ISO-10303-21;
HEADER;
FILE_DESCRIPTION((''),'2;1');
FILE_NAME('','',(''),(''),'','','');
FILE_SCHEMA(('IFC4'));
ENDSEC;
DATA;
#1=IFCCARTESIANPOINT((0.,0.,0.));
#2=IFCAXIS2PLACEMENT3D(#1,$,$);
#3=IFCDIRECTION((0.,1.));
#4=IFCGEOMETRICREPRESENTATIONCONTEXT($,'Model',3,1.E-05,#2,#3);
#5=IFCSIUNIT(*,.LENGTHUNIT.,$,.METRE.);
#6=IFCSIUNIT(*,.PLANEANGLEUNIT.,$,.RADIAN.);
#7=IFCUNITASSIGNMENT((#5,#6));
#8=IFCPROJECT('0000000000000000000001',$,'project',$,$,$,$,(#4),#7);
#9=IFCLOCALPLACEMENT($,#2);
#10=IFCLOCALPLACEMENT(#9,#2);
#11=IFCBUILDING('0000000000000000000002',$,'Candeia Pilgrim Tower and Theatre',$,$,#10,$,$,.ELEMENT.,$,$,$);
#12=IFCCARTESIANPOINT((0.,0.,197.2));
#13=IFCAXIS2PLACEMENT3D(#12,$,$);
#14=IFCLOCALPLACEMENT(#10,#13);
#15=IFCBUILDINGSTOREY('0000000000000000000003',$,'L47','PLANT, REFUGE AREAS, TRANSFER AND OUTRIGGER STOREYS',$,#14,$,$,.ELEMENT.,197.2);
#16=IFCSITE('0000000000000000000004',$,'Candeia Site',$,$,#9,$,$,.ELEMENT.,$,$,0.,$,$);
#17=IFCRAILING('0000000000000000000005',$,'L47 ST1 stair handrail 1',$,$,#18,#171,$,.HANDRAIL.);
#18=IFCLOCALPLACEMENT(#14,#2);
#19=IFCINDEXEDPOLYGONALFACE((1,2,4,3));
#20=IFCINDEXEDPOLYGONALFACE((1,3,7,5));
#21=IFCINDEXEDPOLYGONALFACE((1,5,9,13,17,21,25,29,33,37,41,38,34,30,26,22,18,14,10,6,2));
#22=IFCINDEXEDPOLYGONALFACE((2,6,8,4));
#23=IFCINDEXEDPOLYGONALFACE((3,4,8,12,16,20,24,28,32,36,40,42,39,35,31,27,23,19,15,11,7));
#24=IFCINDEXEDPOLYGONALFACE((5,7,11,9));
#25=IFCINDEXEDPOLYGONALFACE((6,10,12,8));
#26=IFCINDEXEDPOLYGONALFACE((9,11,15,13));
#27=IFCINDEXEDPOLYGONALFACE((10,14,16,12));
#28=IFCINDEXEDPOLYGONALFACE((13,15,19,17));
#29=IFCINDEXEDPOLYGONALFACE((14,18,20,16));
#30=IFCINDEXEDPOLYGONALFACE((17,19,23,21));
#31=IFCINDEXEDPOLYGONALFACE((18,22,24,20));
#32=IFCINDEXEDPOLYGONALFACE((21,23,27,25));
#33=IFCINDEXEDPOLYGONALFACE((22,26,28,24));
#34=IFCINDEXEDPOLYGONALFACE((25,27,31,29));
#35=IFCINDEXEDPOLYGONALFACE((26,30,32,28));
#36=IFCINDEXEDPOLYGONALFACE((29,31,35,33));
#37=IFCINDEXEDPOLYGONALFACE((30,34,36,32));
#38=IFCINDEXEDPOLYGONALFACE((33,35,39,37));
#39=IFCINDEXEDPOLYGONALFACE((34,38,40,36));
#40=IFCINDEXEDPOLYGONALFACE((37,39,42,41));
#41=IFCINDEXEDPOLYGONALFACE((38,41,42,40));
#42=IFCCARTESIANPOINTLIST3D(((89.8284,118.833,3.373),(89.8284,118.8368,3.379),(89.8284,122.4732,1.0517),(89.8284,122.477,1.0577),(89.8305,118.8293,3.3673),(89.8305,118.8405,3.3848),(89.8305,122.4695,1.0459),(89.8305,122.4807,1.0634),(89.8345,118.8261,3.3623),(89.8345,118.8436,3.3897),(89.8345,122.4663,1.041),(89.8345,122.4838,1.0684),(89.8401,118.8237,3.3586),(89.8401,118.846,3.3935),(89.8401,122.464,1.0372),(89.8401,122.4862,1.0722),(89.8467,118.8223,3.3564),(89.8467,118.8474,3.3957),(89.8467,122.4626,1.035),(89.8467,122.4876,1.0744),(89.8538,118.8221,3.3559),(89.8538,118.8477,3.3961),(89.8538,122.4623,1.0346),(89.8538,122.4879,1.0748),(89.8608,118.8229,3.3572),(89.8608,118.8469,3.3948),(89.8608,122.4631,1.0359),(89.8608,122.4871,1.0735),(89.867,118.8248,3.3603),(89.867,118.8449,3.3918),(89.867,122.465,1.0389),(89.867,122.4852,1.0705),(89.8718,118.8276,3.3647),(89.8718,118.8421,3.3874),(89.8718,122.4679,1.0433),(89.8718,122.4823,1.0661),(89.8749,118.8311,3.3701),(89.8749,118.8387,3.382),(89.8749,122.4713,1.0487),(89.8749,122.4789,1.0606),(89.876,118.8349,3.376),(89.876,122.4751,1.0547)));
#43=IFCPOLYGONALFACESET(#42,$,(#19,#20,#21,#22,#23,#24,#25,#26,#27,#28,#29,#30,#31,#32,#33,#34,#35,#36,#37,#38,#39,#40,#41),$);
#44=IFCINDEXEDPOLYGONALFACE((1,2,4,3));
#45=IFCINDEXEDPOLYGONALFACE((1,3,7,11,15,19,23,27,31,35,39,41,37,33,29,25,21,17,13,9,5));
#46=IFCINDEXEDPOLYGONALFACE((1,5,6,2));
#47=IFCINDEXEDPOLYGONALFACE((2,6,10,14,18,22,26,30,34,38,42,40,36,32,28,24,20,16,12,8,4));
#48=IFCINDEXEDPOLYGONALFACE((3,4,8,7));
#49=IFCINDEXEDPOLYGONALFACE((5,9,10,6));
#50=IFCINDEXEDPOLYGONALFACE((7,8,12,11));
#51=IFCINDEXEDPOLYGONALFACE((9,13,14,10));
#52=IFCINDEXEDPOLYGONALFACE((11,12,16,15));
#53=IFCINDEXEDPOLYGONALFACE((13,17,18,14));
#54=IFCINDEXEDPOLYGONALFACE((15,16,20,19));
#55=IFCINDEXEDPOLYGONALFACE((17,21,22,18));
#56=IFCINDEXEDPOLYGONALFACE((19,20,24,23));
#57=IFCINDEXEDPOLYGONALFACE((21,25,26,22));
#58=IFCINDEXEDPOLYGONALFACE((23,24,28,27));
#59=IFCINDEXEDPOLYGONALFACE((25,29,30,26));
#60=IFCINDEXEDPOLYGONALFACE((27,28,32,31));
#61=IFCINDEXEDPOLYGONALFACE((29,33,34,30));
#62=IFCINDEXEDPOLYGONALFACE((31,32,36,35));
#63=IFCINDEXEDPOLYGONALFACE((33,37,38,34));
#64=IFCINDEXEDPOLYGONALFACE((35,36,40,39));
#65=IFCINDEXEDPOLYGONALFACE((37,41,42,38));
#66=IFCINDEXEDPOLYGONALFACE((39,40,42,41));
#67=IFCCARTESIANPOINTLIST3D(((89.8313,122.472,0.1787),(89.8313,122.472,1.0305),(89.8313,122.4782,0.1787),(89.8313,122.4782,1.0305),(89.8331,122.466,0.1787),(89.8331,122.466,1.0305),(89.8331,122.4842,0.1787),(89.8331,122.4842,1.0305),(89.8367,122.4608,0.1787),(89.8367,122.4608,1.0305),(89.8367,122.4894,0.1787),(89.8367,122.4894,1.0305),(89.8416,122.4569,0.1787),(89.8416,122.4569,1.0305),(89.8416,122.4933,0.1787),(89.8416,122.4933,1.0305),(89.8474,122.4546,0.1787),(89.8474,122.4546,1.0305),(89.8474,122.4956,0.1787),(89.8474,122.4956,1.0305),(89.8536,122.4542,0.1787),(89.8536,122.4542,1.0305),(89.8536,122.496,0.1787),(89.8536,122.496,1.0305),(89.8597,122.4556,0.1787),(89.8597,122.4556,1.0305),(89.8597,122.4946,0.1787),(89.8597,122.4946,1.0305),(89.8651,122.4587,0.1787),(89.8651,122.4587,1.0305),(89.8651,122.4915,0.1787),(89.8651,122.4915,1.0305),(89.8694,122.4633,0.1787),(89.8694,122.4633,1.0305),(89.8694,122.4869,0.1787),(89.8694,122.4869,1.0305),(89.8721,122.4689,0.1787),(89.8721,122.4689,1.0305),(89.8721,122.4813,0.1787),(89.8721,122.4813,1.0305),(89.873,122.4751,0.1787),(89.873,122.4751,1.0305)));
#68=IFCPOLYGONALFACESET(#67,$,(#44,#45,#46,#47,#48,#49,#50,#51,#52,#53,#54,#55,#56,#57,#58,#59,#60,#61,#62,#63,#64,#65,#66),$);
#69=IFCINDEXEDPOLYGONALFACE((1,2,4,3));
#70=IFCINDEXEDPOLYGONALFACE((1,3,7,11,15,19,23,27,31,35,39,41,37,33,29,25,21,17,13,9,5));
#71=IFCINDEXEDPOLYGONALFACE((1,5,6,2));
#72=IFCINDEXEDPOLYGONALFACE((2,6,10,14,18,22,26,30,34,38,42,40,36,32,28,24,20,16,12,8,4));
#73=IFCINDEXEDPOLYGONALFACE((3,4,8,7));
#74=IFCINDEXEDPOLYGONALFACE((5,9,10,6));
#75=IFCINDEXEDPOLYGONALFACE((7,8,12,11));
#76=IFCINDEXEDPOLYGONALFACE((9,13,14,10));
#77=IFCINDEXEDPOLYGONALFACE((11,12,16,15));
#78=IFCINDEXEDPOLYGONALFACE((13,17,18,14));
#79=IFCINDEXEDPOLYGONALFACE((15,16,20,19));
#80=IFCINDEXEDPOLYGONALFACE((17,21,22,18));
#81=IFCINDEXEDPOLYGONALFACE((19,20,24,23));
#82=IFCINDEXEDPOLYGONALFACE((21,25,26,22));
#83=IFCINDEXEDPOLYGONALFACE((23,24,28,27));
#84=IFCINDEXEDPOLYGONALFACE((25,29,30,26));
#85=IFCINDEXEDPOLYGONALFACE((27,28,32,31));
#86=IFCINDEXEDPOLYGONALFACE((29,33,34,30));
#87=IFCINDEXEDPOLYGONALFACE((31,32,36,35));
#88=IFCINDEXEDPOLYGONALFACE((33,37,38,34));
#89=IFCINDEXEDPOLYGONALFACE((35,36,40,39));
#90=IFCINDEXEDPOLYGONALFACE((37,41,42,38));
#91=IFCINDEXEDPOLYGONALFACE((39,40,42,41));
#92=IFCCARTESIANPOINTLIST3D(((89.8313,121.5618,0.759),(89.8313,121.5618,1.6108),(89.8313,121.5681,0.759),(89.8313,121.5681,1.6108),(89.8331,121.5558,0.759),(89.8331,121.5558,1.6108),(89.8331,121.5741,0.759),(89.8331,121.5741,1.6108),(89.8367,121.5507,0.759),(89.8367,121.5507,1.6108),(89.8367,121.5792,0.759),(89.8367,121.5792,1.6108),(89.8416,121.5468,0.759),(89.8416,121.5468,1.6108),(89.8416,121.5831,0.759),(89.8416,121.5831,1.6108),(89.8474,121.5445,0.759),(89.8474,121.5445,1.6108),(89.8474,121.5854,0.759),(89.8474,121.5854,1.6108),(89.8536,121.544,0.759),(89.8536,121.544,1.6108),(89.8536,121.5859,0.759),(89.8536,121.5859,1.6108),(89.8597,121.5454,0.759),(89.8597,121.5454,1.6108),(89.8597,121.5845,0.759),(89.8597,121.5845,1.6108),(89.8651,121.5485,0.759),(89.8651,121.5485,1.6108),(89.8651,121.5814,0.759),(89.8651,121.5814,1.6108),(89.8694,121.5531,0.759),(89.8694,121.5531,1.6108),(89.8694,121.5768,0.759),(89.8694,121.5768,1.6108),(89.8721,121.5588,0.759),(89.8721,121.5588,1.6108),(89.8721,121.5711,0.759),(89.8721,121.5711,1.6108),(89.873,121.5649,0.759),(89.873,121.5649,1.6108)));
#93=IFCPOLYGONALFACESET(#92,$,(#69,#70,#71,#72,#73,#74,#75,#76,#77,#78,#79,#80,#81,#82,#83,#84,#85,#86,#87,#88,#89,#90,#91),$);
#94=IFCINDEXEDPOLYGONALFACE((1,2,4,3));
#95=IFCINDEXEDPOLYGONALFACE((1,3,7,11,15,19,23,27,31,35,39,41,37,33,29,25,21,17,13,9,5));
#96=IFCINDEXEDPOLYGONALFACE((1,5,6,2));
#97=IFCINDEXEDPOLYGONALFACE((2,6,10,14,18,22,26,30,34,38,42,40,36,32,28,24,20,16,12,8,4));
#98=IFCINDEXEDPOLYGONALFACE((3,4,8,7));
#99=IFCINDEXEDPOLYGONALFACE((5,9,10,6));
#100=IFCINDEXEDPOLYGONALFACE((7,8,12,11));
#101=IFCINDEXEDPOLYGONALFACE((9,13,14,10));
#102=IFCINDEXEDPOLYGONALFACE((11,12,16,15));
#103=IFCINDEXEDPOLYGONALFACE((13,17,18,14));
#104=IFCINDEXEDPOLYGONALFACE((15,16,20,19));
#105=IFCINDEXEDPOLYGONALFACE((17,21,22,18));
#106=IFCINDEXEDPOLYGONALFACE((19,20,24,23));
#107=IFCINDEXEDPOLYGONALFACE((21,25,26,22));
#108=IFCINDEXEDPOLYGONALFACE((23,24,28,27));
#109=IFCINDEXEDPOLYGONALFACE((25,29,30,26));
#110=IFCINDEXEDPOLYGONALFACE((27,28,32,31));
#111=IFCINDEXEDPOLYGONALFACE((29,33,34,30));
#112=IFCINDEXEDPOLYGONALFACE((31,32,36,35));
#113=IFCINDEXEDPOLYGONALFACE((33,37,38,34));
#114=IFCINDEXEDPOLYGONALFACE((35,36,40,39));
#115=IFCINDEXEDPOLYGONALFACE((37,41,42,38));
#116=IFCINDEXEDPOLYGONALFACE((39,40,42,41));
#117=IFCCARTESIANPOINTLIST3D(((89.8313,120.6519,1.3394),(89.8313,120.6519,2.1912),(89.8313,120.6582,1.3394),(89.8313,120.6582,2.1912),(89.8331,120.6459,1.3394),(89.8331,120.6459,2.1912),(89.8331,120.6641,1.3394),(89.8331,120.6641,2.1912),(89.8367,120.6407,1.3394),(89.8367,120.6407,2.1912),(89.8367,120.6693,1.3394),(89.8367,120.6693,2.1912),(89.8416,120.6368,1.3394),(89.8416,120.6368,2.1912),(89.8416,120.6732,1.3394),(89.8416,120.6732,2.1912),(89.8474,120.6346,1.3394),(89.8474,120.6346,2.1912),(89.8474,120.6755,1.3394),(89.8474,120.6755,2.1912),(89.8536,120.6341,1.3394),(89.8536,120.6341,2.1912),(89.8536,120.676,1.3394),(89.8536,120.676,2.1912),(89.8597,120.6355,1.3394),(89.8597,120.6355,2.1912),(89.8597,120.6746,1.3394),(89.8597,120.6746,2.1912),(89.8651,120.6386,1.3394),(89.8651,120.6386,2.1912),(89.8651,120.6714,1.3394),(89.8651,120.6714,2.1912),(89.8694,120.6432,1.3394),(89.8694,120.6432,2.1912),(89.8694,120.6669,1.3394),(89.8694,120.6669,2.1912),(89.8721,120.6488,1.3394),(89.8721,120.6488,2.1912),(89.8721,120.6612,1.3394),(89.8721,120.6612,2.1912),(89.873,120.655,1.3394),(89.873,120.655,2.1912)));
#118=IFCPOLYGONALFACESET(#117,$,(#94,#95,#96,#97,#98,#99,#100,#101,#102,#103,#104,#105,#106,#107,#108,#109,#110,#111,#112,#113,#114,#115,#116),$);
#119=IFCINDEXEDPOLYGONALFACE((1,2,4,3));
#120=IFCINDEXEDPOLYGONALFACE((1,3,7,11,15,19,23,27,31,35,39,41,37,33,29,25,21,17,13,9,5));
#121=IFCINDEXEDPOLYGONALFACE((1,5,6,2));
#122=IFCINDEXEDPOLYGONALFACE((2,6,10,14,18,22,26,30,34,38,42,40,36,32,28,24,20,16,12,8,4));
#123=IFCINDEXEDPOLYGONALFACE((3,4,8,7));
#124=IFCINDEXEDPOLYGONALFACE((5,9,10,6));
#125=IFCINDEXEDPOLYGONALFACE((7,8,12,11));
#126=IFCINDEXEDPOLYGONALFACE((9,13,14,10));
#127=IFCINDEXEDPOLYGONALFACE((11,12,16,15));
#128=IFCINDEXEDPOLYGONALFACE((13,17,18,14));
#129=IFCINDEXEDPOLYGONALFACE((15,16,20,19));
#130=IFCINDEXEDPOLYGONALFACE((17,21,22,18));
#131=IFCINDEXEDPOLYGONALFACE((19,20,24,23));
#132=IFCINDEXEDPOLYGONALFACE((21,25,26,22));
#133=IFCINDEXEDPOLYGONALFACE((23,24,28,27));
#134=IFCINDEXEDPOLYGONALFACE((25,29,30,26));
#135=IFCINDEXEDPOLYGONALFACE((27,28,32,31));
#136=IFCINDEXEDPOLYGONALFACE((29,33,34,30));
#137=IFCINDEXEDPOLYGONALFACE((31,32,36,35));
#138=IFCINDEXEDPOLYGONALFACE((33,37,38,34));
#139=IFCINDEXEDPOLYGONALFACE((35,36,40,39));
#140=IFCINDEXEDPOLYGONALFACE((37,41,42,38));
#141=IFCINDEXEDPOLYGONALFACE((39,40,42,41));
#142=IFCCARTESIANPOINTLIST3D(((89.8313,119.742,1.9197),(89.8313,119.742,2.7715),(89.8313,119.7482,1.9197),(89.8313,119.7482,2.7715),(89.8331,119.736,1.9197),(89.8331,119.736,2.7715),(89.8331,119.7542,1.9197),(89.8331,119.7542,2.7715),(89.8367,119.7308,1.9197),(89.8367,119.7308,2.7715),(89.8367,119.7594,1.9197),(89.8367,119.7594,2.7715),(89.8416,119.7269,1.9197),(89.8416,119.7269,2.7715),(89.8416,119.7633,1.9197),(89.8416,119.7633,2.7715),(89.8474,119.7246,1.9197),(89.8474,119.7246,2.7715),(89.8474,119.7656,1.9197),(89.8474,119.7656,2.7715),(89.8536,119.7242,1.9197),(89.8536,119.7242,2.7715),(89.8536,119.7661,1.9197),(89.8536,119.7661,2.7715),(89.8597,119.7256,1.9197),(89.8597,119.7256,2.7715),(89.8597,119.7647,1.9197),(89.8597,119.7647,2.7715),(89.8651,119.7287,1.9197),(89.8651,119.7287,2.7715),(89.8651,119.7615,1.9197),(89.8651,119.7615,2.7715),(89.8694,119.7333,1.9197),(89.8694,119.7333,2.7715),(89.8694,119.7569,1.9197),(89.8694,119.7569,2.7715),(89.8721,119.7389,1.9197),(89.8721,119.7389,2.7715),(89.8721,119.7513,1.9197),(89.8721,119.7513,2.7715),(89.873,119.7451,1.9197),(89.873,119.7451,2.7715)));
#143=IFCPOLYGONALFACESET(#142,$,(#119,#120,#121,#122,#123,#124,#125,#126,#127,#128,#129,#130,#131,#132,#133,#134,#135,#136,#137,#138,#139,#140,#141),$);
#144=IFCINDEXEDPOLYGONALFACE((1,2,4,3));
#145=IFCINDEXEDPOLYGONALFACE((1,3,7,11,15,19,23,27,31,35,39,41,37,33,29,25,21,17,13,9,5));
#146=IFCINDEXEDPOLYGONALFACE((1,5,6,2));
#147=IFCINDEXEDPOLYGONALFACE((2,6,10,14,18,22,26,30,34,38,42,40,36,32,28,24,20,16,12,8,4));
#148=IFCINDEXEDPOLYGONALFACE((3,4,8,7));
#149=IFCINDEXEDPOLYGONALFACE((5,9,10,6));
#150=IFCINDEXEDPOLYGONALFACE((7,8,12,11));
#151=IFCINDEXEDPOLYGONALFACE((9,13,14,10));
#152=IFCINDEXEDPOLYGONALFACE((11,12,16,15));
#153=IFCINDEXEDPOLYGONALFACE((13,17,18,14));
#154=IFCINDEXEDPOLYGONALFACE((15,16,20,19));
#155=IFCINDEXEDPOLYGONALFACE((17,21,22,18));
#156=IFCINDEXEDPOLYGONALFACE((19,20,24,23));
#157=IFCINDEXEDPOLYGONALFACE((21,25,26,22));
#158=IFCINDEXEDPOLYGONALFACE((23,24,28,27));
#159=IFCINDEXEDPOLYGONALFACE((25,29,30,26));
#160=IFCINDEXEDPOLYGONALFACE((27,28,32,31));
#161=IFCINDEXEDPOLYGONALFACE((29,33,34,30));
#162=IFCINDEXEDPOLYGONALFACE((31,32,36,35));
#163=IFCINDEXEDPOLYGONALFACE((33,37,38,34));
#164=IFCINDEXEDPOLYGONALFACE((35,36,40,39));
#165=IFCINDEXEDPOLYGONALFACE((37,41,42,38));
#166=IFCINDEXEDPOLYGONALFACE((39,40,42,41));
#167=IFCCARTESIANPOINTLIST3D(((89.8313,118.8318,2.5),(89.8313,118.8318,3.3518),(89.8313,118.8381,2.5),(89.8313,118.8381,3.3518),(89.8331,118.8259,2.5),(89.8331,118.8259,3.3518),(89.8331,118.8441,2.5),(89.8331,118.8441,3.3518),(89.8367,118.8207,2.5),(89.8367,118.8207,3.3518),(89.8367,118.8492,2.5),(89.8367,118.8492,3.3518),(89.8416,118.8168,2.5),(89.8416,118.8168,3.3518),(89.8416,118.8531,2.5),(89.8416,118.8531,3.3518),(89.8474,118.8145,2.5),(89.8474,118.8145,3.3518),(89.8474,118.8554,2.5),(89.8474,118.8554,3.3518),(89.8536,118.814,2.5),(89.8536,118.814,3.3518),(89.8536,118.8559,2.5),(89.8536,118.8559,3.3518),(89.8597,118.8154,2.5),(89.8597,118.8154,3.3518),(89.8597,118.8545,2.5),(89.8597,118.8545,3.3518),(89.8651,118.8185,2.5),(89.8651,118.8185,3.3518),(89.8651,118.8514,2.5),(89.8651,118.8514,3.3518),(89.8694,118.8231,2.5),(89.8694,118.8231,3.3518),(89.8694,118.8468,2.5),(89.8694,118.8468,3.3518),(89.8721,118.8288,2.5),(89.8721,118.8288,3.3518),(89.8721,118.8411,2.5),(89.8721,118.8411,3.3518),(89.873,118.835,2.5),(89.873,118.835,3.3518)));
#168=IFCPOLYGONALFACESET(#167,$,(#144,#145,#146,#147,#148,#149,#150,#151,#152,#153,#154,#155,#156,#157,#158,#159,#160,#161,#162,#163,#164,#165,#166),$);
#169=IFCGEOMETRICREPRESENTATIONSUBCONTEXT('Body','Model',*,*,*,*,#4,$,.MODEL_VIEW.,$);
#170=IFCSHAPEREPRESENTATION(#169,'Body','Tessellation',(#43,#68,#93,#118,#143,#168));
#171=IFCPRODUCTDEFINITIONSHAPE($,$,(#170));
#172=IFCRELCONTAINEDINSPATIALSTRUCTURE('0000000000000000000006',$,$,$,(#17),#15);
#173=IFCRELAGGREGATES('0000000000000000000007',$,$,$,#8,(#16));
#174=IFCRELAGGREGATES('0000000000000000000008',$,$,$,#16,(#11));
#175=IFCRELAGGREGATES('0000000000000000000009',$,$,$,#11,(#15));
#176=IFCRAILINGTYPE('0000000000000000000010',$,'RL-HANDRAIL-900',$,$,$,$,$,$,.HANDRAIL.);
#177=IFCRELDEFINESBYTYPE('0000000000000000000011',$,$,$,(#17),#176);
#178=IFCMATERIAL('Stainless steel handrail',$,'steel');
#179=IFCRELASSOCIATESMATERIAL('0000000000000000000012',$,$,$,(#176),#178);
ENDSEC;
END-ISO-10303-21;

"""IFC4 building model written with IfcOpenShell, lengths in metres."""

from ifc_helpers import new_model, si_unit, direction, frame, origin, origin_2d, place, context, subcontext, project, spatial, circle, extrude, material, type_object, element, save


model = new_model("IFC4")

# Units and contexts
model_context = context("Model", 3, precision=1e-05, world=origin(), true_north=direction((0.0, 1.0)))
body_context = subcontext(model_context, "Body", "Model", "MODEL_VIEW")
ifc_project = project(units=[si_unit("LENGTHUNIT", "METRE"), si_unit("PLANEANGLEUNIT", "RADIAN")], contexts=[model_context])

# Site, building, storey
site_placement = place(None, origin())
site = spatial("IfcSite", under=ifc_project, at=site_placement, Name="Candeia Site", CompositionType="ELEMENT", RefElevation=0.0)
building_placement = place(site_placement, origin())
building = spatial("IfcBuilding", under=site, at=building_placement, Name="Candeia Pilgrim Tower and Theatre", CompositionType="ELEMENT")
storey_placement = place(building_placement, frame((0.0, 0.0, 197.2)))
storey = spatial("IfcBuildingStorey", under=building, at=storey_placement, Name="L47", Description="PLANT, REFUGE AREAS, TRANSFER AND OUTRIGGER STOREYS", CompositionType="ELEMENT", Elevation=197.2)

# Railing
ifc_material_1 = material(Name="Stainless steel handrail", Category="steel")
railing_type_1 = type_object("IfcRailingType", Name="RL-HANDRAIL-900", PredefinedType="HANDRAIL", material=ifc_material_1)
railing_1_placement = place(storey_placement, frame((89.8521, 122.4751, 0.1787)))
element("IfcRailing", 1, at=railing_1_placement, inside=storey, type_object=railing_type_1, Name="L47 ST1 stair handrail 1", PredefinedType="HANDRAIL", context=body_context, shape_type="SweptSolid", body=[
    extrude(circle(Radius=0.0239, at=origin_2d()), frame((0.0, 0.0, 0.876), z_axis=(0.0, -0.843153, 0.537673), x_axis=(1.0, 0.0, 0.0)), (0.0, 0.0, 1.0), 4.3174),
    extrude(circle(Radius=0.021, at=origin_2d()), origin(), (0.0, 0.0, 1.0), 0.8518),
    extrude(circle(Radius=0.021, at=origin_2d()), frame((0.0, -0.9102, 0.5803)), (0.0, 0.0, 1.0), 0.8518),
    extrude(circle(Radius=0.021, at=origin_2d()), frame((0.0, -1.8201, 1.1606)), (0.0, 0.0, 1.0), 0.8518),
    extrude(circle(Radius=0.021, at=origin_2d()), frame((0.0, -2.73, 1.741)), (0.0, 0.0, 1.0), 0.8518),
    extrude(circle(Radius=0.021, at=origin_2d()), frame((0.0, -3.6401, 2.3213)), (0.0, 0.0, 1.0), 0.8518),
])

save(model, "model.ifc")
